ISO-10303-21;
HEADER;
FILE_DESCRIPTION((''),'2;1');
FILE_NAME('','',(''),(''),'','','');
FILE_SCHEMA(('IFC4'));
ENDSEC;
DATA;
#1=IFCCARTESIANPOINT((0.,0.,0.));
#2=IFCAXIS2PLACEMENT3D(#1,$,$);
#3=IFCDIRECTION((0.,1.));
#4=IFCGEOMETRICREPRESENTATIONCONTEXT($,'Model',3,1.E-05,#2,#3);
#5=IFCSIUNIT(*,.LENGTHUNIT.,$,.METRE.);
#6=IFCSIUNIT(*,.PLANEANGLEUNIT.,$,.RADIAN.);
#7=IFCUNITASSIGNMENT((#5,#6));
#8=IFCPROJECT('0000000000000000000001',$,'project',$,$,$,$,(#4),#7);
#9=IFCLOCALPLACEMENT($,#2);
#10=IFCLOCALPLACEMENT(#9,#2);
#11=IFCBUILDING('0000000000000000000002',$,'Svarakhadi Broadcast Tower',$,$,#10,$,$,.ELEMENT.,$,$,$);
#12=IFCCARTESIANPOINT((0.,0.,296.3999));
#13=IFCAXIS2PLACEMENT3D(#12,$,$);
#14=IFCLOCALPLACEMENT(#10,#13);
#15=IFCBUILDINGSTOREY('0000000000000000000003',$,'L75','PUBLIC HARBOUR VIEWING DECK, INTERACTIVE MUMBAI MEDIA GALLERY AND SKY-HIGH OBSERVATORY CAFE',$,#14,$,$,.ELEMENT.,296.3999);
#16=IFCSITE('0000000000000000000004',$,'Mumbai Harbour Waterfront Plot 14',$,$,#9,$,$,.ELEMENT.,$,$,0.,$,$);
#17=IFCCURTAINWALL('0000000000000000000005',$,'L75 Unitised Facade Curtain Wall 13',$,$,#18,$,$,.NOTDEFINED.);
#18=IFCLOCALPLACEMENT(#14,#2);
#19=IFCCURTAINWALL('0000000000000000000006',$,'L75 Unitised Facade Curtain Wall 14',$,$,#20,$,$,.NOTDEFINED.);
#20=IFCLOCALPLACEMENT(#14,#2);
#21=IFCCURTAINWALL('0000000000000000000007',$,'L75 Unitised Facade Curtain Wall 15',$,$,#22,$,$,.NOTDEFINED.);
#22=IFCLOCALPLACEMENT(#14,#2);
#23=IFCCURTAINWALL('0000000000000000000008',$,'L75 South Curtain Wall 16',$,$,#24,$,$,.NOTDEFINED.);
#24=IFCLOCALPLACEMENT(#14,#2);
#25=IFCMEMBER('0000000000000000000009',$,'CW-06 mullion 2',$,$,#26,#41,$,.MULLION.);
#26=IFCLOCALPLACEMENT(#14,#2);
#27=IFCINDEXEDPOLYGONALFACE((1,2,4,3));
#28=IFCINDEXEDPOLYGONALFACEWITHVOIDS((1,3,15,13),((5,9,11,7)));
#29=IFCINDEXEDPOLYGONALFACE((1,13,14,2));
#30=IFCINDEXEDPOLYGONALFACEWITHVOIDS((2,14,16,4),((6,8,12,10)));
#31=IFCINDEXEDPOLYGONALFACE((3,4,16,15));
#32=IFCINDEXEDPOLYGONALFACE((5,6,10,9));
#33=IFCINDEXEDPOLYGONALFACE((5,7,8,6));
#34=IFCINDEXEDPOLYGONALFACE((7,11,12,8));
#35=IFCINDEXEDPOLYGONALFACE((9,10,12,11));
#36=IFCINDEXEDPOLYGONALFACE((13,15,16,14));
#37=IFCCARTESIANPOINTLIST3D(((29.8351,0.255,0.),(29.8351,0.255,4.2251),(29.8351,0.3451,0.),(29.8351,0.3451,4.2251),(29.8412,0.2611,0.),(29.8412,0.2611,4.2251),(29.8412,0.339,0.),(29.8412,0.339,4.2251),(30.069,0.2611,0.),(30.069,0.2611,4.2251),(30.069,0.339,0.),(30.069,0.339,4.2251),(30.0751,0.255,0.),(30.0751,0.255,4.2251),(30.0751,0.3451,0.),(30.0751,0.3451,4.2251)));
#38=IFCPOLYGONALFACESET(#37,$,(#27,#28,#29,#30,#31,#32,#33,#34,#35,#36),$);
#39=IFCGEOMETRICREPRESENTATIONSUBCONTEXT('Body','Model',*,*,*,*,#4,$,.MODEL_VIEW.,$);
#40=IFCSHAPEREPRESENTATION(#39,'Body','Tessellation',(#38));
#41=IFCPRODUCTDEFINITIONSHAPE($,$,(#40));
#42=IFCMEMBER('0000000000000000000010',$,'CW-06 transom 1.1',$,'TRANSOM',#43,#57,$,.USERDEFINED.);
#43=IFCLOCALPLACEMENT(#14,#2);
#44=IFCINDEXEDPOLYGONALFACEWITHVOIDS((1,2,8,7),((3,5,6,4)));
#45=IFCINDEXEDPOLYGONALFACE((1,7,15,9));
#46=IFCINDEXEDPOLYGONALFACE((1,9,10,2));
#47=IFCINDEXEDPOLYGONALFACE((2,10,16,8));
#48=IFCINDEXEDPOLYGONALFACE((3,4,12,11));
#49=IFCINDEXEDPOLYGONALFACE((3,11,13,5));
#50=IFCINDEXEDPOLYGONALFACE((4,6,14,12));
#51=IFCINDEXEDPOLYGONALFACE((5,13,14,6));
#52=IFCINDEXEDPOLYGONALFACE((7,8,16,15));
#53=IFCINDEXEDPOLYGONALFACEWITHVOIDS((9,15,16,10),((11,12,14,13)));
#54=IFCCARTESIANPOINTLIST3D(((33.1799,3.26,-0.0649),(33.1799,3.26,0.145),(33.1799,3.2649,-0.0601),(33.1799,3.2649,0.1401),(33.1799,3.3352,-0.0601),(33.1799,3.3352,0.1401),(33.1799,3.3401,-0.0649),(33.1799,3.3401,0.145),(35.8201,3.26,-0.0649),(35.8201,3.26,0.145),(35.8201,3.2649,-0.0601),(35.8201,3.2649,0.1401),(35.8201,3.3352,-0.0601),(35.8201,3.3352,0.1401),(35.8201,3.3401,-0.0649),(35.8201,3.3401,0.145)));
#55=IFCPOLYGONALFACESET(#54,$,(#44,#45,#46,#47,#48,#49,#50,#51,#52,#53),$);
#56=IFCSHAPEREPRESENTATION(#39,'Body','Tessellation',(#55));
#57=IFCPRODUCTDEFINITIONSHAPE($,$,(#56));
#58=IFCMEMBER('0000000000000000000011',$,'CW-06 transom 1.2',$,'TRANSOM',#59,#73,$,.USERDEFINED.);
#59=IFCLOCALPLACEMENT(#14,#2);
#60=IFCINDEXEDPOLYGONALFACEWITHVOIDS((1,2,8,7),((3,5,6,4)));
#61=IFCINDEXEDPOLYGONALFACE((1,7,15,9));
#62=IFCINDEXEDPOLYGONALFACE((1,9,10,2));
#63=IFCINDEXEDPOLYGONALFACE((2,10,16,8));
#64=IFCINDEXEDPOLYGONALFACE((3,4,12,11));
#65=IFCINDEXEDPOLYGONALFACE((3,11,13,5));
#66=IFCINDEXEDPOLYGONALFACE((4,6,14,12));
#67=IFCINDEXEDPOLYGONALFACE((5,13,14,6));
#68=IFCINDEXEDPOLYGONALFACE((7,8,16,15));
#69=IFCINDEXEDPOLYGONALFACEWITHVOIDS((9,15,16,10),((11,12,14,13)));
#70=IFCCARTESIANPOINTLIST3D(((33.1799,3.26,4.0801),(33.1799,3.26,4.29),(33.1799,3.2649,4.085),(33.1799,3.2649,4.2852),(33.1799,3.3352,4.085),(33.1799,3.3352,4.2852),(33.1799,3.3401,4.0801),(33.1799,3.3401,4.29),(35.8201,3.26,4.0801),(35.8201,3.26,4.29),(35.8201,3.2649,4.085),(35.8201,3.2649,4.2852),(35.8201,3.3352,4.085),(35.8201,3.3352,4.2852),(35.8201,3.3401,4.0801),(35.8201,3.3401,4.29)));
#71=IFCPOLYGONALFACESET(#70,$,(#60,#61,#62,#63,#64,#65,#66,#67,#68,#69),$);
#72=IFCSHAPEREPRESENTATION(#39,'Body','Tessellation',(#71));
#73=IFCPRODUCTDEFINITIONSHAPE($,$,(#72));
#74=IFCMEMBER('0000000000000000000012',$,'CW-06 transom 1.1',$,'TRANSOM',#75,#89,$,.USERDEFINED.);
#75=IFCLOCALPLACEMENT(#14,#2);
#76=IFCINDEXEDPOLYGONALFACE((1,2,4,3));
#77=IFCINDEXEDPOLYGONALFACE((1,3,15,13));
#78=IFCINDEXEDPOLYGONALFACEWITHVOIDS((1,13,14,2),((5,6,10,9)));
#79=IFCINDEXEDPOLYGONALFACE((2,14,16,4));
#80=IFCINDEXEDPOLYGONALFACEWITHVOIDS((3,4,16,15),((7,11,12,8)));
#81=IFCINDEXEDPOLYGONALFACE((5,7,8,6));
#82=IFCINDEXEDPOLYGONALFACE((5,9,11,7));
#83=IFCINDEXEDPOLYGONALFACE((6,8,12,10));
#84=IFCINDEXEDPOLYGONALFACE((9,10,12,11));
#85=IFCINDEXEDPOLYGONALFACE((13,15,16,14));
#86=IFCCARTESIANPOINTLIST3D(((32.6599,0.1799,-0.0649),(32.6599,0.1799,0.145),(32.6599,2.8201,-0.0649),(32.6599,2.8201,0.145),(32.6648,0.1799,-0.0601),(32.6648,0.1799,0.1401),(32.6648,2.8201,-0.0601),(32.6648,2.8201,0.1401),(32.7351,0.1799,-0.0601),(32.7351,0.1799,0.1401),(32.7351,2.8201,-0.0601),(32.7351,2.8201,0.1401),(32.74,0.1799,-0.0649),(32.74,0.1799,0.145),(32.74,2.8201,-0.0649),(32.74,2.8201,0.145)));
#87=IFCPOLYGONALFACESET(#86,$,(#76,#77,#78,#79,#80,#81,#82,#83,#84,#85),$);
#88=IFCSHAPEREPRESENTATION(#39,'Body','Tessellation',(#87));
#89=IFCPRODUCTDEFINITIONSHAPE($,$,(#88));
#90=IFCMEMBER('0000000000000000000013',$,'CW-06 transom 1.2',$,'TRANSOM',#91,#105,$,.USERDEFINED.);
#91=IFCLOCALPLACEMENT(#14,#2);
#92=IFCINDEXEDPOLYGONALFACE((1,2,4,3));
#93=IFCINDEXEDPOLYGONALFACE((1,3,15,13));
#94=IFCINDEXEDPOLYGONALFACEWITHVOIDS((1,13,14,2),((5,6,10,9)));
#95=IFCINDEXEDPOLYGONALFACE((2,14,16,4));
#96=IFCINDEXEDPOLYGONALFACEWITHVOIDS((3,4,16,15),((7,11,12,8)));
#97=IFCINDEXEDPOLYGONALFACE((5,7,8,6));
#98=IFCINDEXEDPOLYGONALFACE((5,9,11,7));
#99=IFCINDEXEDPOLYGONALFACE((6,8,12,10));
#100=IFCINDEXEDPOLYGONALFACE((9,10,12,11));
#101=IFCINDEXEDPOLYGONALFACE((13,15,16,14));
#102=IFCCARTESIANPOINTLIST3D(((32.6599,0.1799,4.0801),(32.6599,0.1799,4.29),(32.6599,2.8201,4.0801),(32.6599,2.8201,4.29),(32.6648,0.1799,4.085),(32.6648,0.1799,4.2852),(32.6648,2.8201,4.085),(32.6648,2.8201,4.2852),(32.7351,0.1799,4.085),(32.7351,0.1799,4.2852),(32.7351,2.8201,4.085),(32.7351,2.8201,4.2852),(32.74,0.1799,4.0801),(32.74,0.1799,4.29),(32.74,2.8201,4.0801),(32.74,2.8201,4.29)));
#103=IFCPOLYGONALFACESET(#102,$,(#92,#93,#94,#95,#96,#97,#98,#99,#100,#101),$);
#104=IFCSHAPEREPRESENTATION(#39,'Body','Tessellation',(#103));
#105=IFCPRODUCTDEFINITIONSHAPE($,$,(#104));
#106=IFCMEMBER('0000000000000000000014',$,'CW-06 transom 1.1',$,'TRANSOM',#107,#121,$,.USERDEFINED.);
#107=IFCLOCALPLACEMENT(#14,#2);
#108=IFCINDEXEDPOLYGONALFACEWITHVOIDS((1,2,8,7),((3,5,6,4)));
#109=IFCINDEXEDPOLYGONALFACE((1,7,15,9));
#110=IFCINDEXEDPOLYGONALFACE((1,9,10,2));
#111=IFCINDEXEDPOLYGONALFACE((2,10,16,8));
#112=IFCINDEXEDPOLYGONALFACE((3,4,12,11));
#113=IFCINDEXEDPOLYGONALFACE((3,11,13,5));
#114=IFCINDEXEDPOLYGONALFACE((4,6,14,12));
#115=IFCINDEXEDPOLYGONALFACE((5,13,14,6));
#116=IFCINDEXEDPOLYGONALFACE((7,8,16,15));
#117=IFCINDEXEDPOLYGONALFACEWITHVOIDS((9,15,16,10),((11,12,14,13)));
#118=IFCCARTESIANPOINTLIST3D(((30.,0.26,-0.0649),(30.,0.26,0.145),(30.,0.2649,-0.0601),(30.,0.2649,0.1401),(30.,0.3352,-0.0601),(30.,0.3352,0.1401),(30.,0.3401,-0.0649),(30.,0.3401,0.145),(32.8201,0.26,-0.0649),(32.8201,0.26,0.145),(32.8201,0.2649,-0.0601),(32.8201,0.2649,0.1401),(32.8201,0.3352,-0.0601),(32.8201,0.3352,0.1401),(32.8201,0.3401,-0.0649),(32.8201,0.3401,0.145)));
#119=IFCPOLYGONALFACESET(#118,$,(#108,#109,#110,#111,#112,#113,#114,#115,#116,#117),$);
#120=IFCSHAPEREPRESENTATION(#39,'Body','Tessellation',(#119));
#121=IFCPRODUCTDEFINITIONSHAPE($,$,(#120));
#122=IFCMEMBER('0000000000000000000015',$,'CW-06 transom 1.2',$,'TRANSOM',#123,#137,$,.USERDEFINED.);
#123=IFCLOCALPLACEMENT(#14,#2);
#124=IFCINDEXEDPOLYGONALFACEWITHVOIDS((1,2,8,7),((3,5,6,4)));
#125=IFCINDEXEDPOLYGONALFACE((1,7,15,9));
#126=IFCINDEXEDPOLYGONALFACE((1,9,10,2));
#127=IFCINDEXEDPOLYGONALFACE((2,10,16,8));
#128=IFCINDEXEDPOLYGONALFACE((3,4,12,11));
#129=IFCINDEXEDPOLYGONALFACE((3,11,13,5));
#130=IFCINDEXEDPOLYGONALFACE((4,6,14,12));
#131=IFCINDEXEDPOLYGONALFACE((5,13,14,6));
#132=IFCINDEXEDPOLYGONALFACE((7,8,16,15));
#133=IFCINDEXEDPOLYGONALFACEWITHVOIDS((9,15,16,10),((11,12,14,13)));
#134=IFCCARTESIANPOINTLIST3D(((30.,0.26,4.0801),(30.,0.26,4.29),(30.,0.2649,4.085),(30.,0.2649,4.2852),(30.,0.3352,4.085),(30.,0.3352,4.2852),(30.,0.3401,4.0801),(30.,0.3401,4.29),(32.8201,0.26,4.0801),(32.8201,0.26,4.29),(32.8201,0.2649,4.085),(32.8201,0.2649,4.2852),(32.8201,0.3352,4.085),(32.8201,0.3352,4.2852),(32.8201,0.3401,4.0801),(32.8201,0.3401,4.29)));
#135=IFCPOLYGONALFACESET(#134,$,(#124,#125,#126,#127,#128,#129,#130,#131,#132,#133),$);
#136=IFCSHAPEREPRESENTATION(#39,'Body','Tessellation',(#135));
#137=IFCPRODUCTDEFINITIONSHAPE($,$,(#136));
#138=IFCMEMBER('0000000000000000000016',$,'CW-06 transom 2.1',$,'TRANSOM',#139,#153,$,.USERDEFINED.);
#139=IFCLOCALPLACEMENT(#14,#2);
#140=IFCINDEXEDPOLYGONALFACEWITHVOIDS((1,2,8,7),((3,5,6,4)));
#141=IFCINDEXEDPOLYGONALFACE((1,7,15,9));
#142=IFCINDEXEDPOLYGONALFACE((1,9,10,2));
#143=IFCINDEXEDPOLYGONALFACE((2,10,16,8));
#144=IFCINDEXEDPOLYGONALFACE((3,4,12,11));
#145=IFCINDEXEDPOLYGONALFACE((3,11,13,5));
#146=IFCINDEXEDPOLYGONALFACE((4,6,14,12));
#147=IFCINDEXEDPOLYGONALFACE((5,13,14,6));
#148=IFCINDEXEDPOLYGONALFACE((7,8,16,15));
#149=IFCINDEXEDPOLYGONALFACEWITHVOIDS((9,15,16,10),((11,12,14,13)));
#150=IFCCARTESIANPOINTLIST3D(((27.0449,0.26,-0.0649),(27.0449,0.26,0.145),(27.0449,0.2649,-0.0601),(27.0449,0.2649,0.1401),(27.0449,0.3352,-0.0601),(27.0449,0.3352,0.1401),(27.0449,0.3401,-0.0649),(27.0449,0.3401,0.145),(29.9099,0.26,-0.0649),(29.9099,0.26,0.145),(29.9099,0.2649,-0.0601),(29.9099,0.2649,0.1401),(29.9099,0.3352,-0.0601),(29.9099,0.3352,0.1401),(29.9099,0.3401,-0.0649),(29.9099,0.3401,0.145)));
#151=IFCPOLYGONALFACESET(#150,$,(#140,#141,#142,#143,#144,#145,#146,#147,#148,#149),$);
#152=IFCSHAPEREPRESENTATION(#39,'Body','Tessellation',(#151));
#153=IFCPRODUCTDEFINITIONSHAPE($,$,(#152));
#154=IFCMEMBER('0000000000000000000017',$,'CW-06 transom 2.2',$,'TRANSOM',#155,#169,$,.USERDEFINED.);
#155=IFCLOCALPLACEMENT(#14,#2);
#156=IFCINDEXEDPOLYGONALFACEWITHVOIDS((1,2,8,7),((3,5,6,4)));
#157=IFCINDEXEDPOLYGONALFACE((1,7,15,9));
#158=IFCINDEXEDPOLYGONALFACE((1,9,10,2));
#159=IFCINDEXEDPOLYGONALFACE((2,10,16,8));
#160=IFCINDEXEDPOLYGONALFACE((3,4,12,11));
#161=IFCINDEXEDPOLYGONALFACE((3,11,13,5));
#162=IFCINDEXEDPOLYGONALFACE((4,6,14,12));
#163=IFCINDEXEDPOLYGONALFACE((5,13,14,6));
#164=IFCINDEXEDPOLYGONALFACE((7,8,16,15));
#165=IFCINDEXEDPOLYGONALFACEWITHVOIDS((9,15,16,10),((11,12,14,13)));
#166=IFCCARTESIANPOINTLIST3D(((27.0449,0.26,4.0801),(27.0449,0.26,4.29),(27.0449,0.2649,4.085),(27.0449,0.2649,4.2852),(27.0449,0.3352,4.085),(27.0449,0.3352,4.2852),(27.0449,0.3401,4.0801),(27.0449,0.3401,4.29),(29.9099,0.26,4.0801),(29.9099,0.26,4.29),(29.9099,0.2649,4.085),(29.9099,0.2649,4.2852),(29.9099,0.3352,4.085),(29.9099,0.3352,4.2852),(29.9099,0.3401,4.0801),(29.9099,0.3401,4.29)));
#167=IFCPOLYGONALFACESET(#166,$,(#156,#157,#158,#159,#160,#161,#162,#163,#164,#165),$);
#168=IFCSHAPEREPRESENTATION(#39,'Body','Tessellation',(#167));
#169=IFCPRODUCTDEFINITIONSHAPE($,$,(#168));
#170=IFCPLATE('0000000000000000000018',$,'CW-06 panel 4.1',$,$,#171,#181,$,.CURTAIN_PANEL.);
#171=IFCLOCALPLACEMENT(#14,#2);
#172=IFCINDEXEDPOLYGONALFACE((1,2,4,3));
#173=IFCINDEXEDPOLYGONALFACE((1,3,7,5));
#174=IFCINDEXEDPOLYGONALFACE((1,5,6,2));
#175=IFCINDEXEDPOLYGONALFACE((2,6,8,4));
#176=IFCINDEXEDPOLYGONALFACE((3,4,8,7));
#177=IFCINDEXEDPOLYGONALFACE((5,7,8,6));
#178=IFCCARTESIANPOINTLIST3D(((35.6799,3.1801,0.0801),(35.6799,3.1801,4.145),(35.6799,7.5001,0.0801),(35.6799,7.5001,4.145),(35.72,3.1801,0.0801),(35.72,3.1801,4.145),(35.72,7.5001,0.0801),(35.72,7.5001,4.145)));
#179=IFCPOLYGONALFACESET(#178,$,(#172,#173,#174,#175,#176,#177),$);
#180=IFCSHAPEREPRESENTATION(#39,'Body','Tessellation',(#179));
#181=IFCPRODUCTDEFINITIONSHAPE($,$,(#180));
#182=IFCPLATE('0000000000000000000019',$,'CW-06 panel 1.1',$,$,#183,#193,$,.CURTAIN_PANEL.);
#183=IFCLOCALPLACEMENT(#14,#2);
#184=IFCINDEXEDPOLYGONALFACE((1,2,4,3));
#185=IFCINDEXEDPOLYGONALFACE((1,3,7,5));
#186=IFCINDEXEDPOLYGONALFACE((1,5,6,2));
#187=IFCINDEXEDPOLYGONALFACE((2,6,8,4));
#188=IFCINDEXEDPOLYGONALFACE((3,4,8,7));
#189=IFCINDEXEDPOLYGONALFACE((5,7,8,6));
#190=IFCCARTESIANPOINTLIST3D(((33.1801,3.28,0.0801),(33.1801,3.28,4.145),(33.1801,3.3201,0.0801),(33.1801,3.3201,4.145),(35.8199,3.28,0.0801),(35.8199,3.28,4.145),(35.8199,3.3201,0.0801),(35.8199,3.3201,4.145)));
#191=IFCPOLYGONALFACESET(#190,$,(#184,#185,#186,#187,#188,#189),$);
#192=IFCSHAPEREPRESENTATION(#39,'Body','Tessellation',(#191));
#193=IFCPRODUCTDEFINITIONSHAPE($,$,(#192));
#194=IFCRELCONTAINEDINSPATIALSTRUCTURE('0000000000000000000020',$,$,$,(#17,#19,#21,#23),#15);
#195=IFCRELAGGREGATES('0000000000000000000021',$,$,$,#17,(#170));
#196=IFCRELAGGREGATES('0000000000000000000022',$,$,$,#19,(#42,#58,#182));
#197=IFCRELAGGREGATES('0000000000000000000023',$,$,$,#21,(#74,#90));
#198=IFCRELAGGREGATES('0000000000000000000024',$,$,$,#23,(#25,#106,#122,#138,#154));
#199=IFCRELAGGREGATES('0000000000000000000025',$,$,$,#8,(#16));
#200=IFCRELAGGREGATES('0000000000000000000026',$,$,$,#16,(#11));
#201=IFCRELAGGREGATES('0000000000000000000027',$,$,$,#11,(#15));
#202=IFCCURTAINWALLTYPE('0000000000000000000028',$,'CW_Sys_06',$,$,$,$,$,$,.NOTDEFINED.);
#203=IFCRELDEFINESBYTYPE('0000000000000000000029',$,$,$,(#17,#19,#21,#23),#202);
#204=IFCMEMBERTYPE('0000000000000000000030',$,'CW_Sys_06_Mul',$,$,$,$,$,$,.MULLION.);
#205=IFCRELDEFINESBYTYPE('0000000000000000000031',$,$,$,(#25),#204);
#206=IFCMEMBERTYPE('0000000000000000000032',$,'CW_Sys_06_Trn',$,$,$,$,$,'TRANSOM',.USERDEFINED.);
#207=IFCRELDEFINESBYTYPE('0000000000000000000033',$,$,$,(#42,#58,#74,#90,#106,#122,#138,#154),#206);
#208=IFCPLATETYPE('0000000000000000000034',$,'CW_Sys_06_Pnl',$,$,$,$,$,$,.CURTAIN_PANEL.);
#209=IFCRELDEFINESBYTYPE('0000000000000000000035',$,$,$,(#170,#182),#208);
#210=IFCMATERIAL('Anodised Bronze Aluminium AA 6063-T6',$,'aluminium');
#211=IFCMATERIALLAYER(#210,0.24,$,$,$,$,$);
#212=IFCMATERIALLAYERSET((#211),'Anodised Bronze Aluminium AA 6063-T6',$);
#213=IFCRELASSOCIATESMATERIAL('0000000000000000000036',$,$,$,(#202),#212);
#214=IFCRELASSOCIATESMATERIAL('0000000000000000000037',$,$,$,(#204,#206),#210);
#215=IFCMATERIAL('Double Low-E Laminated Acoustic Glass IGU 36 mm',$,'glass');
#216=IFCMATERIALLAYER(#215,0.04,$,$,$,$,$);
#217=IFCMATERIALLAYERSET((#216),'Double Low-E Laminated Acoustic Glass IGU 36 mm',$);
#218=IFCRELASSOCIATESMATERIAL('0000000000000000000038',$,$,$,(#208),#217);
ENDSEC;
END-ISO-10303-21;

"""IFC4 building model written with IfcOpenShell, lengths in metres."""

from ifc_helpers import new_model, si_unit, direction, frame, origin, origin_2d, place, context, subcontext, project, spatial, rectangle, hollow_rectangle, extrude, material, layer, layer_set, material_profile, profile_set, type_object, element, aggregate, save


model = new_model("IFC4")

# Units and contexts
model_context = context("Model", 3, precision=1e-05, world=origin(), true_north=direction((0.0, 1.0)))
body_context = subcontext(model_context, "Body", "Model", "MODEL_VIEW")
ifc_project = project(units=[si_unit("LENGTHUNIT", "METRE"), si_unit("PLANEANGLEUNIT", "RADIAN")], contexts=[model_context])

# Site, building, storey
site_placement = place(None, origin())
site = spatial("IfcSite", under=ifc_project, at=site_placement, Name="Mumbai Harbour Waterfront Plot 14", CompositionType="ELEMENT", RefElevation=0.0)
building_placement = place(site_placement, origin())
building = spatial("IfcBuilding", under=site, at=building_placement, Name="Svarakhadi Broadcast Tower", CompositionType="ELEMENT")
storey_placement = place(building_placement, frame((0.0, 0.0, 296.3999)))
storey = spatial("IfcBuildingStorey", under=building, at=storey_placement, Name="L75", Description="PUBLIC HARBOUR VIEWING DECK, INTERACTIVE MUMBAI MEDIA GALLERY AND SKY-HIGH OBSERVATORY CAFE", CompositionType="ELEMENT", Elevation=296.3999)

# Curtain wall
ifc_material_1 = material(Name="Anodised Bronze Aluminium AA 6063-T6", Category="aluminium")
ifc_layer_1 = layer(ifc_material_1, 0.24)
ifc_layer_set_1 = layer_set([ifc_layer_1], Name="Anodised Bronze Aluminium AA 6063-T6")
curtain_wall_type = type_object("IfcCurtainWallType", Name="CW_Sys_06", PredefinedType="NOTDEFINED", material=ifc_layer_set_1)
curtain_wall_1_placement = place(storey_placement, origin())
curtain_wall_1 = element("IfcCurtainWall", 1, at=curtain_wall_1_placement, inside=storey, type_object=curtain_wall_type, Name="L75 Unitised Facade Curtain Wall 13", PredefinedType="NOTDEFINED")
ifc_material_profile_1 = material_profile(ifc_material_1, hollow_rectangle(XDim=0.0901, YDim=0.24, WallThickness=0.0061, at=origin_2d()), Name="ALU MULLION 240x90x6")
ifc_profile_set_1 = profile_set([ifc_material_profile_1], Name="Anodised Bronze Aluminium AA 6063-T6")
member_type_1 = type_object("IfcMemberType", Name="CW_Sys_06_Mul", PredefinedType="MULLION", material=ifc_profile_set_1)

# Curtain walls, member
curtain_wall_2_placement = place(storey_placement, origin())
curtain_wall_2 = element("IfcCurtainWall", 2, at=curtain_wall_2_placement, inside=storey, type_object=curtain_wall_type, Name="L75 Unitised Facade Curtain Wall 14", PredefinedType="NOTDEFINED")
curtain_wall_3_placement = place(storey_placement, origin())
curtain_wall_3 = element("IfcCurtainWall", 3, at=curtain_wall_3_placement, inside=storey, type_object=curtain_wall_type, Name="L75 Unitised Facade Curtain Wall 15", PredefinedType="NOTDEFINED")
curtain_wall_4_placement = place(storey_placement, origin())
curtain_wall_4 = element("IfcCurtainWall", 4, at=curtain_wall_4_placement, inside=storey, type_object=curtain_wall_type, Name="L75 South Curtain Wall 16", PredefinedType="NOTDEFINED")
member_1_placement = place(storey_placement, frame((29.9551, 0.3, 0.0), z_axis=(0.0, 0.0, 1.0), x_axis=(0.0, -1.0, 0.0)))
member_1 = element("IfcMember", 5, at=member_1_placement, type_object=member_type_1, Name="CW-06 mullion 2", PredefinedType="MULLION", context=body_context, shape_type="SweptSolid", body=[
    extrude(hollow_rectangle(XDim=0.0901, YDim=0.24, WallThickness=0.0061, at=origin_2d()), origin(), (0.0, 0.0, 1.0), 4.2251),
])

# Members
ifc_material_profile_2 = material_profile(ifc_material_1, hollow_rectangle(XDim=0.0801, YDim=0.21, WallThickness=0.0049, at=origin_2d()), Name="ALU TRANSOM 210x80x5")
ifc_profile_set_2 = profile_set([ifc_material_profile_2], Name="Anodised Bronze Aluminium AA 6063-T6")
member_type_2 = type_object("IfcMemberType", Name="CW_Sys_06_Trn", ElementType="TRANSOM", PredefinedType="USERDEFINED", material=ifc_profile_set_2)
member_2_placement = place(storey_placement, frame((35.8201, 3.3, 0.04), z_axis=(-1.0, 0.0, 0.0), x_axis=(0.0, -1.0, 0.0)))
member_2 = element("IfcMember", 6, at=member_2_placement, type_object=member_type_2, Name="CW-06 transom 1.1", ObjectType="TRANSOM", PredefinedType="USERDEFINED", context=body_context, shape_type="SweptSolid", body=[
    extrude(hollow_rectangle(XDim=0.0801, YDim=0.21, WallThickness=0.0049, at=origin_2d()), origin(), (0.0, 0.0, 1.0), 2.6401),
])
member_3_placement = place(storey_placement, frame((35.8201, 3.3, 4.1851), z_axis=(-1.0, 0.0, 0.0), x_axis=(0.0, -1.0, 0.0)))
member_3 = element("IfcMember", 7, at=member_3_placement, type_object=member_type_2, Name="CW-06 transom 1.2", ObjectType="TRANSOM", PredefinedType="USERDEFINED", context=body_context, shape_type="SweptSolid", body=[
    extrude(hollow_rectangle(XDim=0.0801, YDim=0.21, WallThickness=0.0049, at=origin_2d()), origin(), (0.0, 0.0, 1.0), 2.6401),
])
member_4_placement = place(storey_placement, frame((32.7, 2.8201, 0.04), z_axis=(0.0, -1.0, 0.0), x_axis=(1.0, 0.0, 0.0)))
member_4 = element("IfcMember", 8, at=member_4_placement, type_object=member_type_2, Name="CW-06 transom 1.1", ObjectType="TRANSOM", PredefinedType="USERDEFINED", context=body_context, shape_type="SweptSolid", body=[
    extrude(hollow_rectangle(XDim=0.0801, YDim=0.21, WallThickness=0.0049, at=origin_2d()), origin(), (0.0, 0.0, 1.0), 2.6401),
])
member_5_placement = place(storey_placement, frame((32.7, 2.8201, 4.1851), z_axis=(0.0, -1.0, 0.0), x_axis=(1.0, 0.0, 0.0)))
member_5 = element("IfcMember", 9, at=member_5_placement, type_object=member_type_2, Name="CW-06 transom 1.2", ObjectType="TRANSOM", PredefinedType="USERDEFINED", context=body_context, shape_type="SweptSolid", body=[
    extrude(hollow_rectangle(XDim=0.0801, YDim=0.21, WallThickness=0.0049, at=origin_2d()), origin(), (0.0, 0.0, 1.0), 2.6401),
])
member_6_placement = place(storey_placement, frame((32.8201, 0.3, 0.04), z_axis=(-1.0, 0.0, 0.0), x_axis=(0.0, -1.0, 0.0)))
member_6 = element("IfcMember", 10, at=member_6_placement, type_object=member_type_2, Name="CW-06 transom 1.1", ObjectType="TRANSOM", PredefinedType="USERDEFINED", context=body_context, shape_type="SweptSolid", body=[
    extrude(hollow_rectangle(XDim=0.0801, YDim=0.21, WallThickness=0.0049, at=origin_2d()), origin(), (0.0, 0.0, 1.0), 2.8201),
])
member_7_placement = place(storey_placement, frame((32.8201, 0.3, 4.1851), z_axis=(-1.0, 0.0, 0.0), x_axis=(0.0, -1.0, 0.0)))
member_7 = element("IfcMember", 11, at=member_7_placement, type_object=member_type_2, Name="CW-06 transom 1.2", ObjectType="TRANSOM", PredefinedType="USERDEFINED", context=body_context, shape_type="SweptSolid", body=[
    extrude(hollow_rectangle(XDim=0.0801, YDim=0.21, WallThickness=0.0049, at=origin_2d()), origin(), (0.0, 0.0, 1.0), 2.8201),
])
member_8_placement = place(storey_placement, frame((29.9099, 0.3, 0.04), z_axis=(-1.0, 0.0, 0.0), x_axis=(0.0, -1.0, 0.0)))
member_8 = element("IfcMember", 12, at=member_8_placement, type_object=member_type_2, Name="CW-06 transom 2.1", ObjectType="TRANSOM", PredefinedType="USERDEFINED", context=body_context, shape_type="SweptSolid", body=[
    extrude(hollow_rectangle(XDim=0.0801, YDim=0.21, WallThickness=0.0049, at=origin_2d()), origin(), (0.0, 0.0, 1.0), 2.865),
])
member_9_placement = place(storey_placement, frame((29.9099, 0.3, 4.1851), z_axis=(-1.0, 0.0, 0.0), x_axis=(0.0, -1.0, 0.0)))
member_9 = element("IfcMember", 13, at=member_9_placement, type_object=member_type_2, Name="CW-06 transom 2.2", ObjectType="TRANSOM", PredefinedType="USERDEFINED", context=body_context, shape_type="SweptSolid", body=[
    extrude(hollow_rectangle(XDim=0.0801, YDim=0.21, WallThickness=0.0049, at=origin_2d()), origin(), (0.0, 0.0, 1.0), 2.865),
])

# Plates
ifc_material_2 = material(Name="Double Low-E Laminated Acoustic Glass IGU 36 mm", Category="glass")
ifc_layer_2 = layer(ifc_material_2, 0.04)
ifc_layer_set_2 = layer_set([ifc_layer_2], Name="Double Low-E Laminated Acoustic Glass IGU 36 mm")
plate_type = type_object("IfcPlateType", Name="CW_Sys_06_Pnl", PredefinedType="CURTAIN_PANEL", material=ifc_layer_set_2)
plate_1_placement = place(storey_placement, frame((35.7, 5.3401, 0.0801), z_axis=(0.0, 0.0, 1.0), x_axis=(0.0, -1.0, 0.0)))
plate_1 = element("IfcPlate", 14, at=plate_1_placement, type_object=plate_type, Name="CW-06 panel 4.1", PredefinedType="CURTAIN_PANEL", context=body_context, shape_type="SweptSolid", body=[
    extrude(rectangle(XDim=4.3201, YDim=0.04, at=origin_2d()), origin(), (0.0, 0.0, 1.0), 4.0649),
])
aggregate(curtain_wall_1, [plate_1])
plate_2_placement = place(storey_placement, frame((34.5, 3.3, 0.0801), z_axis=(0.0, 0.0, 1.0), x_axis=(-1.0, 0.0, 0.0)))
plate_2 = element("IfcPlate", 15, at=plate_2_placement, type_object=plate_type, Name="CW-06 panel 1.1", PredefinedType="CURTAIN_PANEL", context=body_context, shape_type="SweptSolid", body=[
    extrude(rectangle(XDim=2.6399, YDim=0.04, at=origin_2d()), origin(), (0.0, 0.0, 1.0), 4.0649),
])
aggregate(curtain_wall_2, [member_2, member_3, plate_2])
aggregate(curtain_wall_3, [member_4, member_5])
aggregate(curtain_wall_4, [member_1, member_6, member_7, member_8, member_9])

save(model, "model.ifc")
